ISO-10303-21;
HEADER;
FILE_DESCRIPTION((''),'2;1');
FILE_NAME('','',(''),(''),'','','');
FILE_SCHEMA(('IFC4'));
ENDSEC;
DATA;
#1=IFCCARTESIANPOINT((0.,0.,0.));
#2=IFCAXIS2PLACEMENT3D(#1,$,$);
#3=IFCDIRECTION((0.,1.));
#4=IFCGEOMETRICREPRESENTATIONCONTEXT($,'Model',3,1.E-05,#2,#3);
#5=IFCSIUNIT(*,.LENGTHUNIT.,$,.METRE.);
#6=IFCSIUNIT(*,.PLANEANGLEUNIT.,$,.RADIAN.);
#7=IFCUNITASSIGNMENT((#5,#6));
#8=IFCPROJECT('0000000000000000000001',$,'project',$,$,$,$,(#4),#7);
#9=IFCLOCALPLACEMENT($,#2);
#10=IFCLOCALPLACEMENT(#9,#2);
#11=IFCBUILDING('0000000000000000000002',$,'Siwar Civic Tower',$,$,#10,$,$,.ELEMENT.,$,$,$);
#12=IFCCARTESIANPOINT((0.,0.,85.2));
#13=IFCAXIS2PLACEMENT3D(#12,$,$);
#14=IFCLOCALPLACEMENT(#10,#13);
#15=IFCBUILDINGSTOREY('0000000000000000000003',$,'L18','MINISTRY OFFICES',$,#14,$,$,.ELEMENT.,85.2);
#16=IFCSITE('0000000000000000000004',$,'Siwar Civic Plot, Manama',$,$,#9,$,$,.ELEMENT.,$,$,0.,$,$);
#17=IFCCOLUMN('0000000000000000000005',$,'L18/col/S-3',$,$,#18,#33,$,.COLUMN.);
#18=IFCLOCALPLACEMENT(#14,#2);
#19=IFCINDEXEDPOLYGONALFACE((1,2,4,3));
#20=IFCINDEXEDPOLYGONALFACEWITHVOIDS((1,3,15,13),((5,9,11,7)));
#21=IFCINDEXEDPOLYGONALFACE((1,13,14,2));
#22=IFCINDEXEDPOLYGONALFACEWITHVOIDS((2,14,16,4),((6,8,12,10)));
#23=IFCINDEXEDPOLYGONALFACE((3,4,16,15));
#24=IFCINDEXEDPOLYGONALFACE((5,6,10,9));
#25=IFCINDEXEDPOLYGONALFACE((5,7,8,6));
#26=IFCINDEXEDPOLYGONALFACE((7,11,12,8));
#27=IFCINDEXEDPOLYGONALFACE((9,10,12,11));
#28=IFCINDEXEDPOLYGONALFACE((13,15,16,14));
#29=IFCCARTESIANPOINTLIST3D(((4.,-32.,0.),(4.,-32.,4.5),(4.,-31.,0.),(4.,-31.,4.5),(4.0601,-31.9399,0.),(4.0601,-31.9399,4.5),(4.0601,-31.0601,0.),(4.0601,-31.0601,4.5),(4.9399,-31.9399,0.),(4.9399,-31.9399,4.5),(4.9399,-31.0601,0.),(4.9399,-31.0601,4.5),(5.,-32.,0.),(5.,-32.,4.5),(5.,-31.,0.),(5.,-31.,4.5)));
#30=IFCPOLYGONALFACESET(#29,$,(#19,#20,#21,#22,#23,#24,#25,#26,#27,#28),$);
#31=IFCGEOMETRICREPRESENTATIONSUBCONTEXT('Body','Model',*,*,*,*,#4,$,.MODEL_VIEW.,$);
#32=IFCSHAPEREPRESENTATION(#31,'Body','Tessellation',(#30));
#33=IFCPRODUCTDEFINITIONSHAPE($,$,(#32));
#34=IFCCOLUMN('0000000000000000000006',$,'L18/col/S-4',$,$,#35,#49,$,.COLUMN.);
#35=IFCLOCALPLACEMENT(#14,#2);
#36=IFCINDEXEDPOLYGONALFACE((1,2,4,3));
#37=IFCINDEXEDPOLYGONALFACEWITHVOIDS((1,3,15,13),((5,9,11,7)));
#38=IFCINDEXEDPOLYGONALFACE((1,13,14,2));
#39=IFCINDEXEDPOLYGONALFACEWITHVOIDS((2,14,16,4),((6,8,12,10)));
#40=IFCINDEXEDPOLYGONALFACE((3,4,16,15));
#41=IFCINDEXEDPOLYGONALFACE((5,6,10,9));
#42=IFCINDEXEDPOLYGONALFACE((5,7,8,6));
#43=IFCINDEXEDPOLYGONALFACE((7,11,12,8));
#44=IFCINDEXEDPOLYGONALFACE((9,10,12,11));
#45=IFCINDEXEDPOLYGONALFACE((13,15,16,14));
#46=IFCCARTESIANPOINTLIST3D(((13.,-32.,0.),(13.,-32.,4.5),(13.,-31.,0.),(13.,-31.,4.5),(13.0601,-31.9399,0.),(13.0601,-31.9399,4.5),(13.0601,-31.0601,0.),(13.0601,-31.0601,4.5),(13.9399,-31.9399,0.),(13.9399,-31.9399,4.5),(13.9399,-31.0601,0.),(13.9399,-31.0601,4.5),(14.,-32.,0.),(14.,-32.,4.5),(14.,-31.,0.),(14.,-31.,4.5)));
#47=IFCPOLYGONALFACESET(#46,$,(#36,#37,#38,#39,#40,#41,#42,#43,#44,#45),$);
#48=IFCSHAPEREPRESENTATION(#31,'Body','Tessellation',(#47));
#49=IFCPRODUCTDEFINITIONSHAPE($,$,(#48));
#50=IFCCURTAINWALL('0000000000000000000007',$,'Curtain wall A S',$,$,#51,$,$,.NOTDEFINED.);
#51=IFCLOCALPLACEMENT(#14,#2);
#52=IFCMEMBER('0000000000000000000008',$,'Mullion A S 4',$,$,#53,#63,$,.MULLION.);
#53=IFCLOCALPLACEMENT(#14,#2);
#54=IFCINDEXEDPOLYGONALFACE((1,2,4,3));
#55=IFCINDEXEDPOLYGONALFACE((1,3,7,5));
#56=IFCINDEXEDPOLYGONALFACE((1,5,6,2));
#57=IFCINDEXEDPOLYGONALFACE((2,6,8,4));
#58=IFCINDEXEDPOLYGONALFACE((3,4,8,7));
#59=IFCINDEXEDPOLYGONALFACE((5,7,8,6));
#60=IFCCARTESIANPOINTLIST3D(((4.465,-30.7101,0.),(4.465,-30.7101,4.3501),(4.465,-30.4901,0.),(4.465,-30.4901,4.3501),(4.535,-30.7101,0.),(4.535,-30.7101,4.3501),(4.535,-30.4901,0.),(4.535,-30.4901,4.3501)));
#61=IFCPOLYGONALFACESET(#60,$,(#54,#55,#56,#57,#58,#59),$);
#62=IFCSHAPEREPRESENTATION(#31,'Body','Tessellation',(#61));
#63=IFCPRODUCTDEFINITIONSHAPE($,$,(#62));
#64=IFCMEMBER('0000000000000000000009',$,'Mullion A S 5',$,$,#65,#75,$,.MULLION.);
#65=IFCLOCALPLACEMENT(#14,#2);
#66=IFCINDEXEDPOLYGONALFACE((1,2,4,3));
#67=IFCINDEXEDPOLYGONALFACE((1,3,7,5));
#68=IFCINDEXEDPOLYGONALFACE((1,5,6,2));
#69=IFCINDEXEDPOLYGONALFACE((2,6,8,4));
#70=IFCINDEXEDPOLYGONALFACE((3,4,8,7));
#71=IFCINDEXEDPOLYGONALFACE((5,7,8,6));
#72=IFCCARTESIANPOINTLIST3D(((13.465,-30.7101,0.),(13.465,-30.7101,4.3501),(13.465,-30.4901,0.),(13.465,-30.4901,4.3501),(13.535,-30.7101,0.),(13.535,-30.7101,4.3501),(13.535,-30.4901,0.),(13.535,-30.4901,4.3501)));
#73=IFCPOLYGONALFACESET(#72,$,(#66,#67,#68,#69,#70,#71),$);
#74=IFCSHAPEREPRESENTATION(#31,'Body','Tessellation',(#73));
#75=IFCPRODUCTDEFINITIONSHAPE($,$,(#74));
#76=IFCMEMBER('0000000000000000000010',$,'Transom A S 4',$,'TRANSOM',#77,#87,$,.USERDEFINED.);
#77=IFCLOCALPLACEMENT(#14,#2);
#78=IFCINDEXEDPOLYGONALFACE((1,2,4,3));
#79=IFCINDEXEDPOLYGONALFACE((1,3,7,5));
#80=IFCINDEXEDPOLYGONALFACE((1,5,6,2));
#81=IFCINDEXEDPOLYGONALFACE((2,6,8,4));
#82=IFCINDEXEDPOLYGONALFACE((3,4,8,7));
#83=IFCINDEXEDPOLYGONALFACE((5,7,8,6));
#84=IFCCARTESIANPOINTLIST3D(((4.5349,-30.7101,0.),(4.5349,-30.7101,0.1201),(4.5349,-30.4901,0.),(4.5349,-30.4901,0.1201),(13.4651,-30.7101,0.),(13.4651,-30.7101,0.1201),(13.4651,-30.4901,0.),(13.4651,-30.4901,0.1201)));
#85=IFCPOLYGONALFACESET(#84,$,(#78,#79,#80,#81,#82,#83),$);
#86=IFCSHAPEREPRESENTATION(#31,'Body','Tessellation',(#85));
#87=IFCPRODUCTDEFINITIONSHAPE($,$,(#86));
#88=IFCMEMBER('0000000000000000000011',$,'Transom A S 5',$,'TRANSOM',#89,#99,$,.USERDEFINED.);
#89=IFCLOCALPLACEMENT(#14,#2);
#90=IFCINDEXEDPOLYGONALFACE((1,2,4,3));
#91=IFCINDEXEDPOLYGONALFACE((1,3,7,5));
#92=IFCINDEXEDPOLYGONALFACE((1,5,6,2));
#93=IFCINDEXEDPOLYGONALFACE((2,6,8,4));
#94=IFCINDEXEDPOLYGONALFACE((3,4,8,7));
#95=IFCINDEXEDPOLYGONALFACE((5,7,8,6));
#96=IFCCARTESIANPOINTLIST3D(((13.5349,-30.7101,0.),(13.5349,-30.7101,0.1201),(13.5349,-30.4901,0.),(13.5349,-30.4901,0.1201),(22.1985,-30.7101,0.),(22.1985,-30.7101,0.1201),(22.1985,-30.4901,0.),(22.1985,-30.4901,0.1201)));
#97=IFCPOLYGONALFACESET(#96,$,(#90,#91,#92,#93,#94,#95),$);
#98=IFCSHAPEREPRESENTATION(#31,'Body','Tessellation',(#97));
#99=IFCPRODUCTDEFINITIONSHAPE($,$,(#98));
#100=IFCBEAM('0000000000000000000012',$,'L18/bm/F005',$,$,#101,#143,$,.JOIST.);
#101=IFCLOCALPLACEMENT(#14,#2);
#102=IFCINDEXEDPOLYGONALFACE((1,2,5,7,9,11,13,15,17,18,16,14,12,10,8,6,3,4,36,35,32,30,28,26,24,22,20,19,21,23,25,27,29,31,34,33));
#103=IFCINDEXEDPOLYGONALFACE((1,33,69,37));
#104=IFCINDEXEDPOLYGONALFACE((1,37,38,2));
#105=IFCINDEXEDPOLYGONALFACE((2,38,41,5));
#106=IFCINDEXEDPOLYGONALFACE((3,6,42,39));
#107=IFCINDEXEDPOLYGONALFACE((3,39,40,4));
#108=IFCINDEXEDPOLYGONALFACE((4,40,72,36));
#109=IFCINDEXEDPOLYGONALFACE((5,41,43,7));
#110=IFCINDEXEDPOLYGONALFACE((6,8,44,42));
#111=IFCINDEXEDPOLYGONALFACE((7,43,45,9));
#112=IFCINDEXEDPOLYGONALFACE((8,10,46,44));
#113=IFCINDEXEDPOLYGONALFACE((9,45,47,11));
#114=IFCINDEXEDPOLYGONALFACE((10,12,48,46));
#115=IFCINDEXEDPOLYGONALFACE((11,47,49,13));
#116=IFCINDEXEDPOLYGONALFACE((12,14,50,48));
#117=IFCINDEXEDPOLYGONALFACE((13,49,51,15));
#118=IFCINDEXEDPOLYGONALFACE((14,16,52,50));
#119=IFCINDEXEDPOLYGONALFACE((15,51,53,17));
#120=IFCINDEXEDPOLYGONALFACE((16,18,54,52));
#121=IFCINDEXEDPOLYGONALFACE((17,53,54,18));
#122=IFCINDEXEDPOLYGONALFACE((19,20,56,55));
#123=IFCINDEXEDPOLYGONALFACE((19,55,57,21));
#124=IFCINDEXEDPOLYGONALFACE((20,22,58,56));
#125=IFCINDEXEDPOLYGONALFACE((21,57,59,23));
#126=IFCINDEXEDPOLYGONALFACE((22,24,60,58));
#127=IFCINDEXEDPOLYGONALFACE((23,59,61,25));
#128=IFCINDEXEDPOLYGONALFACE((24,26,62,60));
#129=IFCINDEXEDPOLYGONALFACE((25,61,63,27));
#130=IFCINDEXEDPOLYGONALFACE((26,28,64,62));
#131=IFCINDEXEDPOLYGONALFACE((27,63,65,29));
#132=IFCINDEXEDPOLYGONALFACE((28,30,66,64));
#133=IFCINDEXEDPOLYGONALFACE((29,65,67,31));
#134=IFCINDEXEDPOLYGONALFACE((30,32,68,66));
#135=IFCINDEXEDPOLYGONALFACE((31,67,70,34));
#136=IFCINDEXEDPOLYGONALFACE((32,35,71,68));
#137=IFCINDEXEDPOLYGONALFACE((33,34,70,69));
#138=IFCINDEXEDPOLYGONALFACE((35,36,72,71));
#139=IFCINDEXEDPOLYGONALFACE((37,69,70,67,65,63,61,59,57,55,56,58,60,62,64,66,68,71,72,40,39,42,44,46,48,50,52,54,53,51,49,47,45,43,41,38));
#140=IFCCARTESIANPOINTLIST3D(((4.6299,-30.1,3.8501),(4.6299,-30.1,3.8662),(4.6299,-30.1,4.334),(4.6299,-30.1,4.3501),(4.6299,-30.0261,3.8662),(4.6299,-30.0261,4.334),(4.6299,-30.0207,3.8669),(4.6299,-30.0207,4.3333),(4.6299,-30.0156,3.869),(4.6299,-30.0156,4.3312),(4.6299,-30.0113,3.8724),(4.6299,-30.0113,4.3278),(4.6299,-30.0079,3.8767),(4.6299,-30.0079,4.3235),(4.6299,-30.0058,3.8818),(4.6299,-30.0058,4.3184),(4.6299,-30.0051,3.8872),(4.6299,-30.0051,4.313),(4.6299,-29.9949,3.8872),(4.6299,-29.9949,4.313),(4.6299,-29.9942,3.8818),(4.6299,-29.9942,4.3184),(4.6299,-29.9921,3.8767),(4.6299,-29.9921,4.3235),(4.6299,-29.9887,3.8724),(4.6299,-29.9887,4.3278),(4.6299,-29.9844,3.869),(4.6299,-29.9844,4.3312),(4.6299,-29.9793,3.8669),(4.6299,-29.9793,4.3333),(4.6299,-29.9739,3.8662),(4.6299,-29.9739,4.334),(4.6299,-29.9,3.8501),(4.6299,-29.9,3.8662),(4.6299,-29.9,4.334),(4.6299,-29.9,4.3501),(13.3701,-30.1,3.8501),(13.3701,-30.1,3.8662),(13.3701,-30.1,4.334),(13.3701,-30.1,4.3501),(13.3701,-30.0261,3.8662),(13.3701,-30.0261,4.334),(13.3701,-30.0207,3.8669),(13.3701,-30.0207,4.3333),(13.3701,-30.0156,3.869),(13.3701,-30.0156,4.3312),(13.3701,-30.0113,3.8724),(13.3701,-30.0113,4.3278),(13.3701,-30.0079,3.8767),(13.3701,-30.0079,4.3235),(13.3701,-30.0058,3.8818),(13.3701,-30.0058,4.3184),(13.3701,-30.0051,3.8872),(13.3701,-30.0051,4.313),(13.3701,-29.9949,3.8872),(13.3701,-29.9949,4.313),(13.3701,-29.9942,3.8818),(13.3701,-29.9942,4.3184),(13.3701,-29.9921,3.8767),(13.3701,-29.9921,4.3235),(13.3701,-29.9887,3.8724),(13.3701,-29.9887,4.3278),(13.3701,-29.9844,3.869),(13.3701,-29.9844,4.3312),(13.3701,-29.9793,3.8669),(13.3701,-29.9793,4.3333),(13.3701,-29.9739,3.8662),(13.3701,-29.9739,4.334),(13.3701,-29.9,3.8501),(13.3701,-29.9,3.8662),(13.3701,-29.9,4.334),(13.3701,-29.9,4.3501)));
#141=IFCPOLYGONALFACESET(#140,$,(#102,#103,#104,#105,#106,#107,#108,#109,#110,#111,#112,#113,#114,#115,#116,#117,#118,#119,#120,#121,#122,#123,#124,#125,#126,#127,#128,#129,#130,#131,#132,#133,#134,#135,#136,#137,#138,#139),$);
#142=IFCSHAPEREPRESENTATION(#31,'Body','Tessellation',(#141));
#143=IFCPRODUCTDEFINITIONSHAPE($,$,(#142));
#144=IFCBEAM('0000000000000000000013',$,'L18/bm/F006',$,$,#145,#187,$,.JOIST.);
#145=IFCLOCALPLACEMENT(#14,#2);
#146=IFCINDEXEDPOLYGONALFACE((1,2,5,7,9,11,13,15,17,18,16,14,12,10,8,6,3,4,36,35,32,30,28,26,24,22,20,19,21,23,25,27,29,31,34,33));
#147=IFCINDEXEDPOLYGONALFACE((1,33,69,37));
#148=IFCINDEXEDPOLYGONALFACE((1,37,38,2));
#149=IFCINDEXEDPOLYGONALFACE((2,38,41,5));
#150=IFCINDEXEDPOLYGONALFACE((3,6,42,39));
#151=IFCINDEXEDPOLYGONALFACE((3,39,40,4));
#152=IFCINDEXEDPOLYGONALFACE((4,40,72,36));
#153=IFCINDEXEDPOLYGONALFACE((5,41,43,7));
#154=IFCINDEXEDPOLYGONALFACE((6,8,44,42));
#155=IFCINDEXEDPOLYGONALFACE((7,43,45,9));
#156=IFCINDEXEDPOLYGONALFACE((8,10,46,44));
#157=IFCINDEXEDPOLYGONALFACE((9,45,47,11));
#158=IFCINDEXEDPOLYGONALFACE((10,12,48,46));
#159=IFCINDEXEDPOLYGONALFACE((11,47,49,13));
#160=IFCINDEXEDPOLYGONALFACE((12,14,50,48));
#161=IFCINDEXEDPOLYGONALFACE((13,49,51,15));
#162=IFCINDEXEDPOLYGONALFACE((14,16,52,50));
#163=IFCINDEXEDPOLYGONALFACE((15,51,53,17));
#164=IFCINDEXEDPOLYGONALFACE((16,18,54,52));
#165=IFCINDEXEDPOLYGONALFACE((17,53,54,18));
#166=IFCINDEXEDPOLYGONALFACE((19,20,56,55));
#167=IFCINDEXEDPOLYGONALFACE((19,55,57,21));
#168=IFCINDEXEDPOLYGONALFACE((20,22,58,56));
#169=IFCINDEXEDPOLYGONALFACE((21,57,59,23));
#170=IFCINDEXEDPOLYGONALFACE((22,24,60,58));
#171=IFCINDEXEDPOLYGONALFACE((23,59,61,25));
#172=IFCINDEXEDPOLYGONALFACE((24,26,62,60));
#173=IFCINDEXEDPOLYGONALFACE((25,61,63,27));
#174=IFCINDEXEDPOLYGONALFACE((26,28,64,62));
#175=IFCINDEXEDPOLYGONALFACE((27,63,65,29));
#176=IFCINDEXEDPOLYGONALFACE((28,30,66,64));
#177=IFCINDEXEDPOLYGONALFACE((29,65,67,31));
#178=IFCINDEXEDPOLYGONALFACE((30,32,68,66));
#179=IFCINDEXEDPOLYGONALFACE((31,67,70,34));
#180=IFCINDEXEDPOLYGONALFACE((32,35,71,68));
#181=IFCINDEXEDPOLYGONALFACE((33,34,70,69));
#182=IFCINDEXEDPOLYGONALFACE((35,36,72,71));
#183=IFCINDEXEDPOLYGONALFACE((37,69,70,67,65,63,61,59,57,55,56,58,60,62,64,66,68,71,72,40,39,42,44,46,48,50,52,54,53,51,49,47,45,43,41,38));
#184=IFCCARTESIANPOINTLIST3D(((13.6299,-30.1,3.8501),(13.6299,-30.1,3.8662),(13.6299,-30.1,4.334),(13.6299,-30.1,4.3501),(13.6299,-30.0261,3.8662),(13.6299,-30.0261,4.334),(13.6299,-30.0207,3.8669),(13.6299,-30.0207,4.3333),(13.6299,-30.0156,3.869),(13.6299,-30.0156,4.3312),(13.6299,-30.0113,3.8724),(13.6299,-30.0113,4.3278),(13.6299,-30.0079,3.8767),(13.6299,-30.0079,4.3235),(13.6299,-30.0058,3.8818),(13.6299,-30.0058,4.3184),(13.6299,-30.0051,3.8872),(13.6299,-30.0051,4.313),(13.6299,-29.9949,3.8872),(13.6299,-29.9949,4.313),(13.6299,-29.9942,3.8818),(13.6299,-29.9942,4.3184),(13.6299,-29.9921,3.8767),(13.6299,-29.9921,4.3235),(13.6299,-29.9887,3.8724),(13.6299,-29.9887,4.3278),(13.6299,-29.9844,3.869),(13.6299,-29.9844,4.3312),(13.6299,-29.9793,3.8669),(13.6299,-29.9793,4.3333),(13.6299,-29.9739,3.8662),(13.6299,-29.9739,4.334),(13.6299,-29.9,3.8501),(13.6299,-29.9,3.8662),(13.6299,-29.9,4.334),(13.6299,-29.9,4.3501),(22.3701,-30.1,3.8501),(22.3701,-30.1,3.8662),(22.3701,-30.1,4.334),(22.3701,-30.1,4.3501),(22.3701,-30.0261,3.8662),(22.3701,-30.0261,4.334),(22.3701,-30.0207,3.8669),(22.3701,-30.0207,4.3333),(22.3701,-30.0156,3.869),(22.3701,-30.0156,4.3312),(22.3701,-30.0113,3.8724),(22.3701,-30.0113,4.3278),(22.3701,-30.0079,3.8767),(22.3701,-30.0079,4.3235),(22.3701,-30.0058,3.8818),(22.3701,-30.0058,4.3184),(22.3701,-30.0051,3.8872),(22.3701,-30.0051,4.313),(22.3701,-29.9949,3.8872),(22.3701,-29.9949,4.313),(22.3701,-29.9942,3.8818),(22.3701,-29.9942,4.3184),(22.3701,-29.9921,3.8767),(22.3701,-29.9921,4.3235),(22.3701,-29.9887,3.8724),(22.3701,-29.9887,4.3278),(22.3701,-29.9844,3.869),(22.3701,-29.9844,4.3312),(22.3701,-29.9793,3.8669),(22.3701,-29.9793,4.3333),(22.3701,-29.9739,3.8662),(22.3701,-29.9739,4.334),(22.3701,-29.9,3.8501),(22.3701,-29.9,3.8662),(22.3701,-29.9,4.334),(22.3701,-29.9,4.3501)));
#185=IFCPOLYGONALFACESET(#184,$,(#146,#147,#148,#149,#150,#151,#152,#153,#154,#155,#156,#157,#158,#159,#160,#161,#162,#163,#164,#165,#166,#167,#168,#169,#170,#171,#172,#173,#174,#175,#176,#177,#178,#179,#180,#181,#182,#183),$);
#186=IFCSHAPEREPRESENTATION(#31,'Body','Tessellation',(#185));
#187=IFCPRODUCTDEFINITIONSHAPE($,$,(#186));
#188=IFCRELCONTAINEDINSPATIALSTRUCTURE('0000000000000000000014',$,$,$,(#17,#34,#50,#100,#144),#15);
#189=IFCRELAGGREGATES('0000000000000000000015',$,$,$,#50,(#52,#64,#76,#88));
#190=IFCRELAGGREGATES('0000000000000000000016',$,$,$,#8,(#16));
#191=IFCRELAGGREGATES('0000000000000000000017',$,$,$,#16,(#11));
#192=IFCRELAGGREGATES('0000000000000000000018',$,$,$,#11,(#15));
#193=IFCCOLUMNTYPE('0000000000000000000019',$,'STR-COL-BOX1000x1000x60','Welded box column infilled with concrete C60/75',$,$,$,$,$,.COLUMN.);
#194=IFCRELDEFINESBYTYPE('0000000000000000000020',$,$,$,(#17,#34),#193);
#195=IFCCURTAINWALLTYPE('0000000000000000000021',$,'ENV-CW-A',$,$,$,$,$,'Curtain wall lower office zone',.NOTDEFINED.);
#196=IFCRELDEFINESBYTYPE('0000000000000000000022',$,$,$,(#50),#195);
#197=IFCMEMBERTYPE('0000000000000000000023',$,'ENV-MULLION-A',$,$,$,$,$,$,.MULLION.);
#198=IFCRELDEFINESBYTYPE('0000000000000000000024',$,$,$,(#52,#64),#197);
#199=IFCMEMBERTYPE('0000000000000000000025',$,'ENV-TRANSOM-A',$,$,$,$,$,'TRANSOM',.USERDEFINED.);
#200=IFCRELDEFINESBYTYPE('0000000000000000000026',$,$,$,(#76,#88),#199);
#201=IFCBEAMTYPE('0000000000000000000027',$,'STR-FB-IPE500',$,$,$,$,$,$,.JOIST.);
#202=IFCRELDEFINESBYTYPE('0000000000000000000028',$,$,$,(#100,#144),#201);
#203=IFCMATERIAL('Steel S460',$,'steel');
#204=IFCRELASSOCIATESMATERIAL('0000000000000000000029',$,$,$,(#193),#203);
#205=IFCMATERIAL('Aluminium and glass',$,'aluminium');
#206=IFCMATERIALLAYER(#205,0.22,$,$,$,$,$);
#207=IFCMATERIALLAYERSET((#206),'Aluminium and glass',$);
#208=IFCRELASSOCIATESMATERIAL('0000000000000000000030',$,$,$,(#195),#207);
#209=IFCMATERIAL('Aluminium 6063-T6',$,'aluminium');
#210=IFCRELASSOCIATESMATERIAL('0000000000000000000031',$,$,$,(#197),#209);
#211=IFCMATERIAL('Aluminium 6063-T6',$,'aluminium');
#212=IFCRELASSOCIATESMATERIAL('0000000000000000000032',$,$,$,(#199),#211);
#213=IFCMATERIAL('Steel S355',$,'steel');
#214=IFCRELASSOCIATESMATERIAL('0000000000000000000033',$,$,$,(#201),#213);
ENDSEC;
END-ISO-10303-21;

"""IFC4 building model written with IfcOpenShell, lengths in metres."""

from ifc_helpers import new_model, si_unit, direction, frame, origin, origin_2d, place, context, subcontext, project, spatial, rectangle, hollow_rectangle, i_section, extrude, material, layer, layer_set, material_profile, profile_set, type_object, element, aggregate, save


model = new_model("IFC4")

# Units and contexts
model_context = context("Model", 3, precision=1e-05, world=origin(), true_north=direction((0.0, 1.0)))
body_context = subcontext(model_context, "Body", "Model", "MODEL_VIEW")
ifc_project = project(units=[si_unit("LENGTHUNIT", "METRE"), si_unit("PLANEANGLEUNIT", "RADIAN")], contexts=[model_context])

# Site, building, storey
site_placement = place(None, origin())
site = spatial("IfcSite", under=ifc_project, at=site_placement, Name="Siwar Civic Plot, Manama", CompositionType="ELEMENT", RefElevation=0.0)
building_placement = place(site_placement, origin())
building = spatial("IfcBuilding", under=site, at=building_placement, Name="Siwar Civic Tower", CompositionType="ELEMENT")
storey_placement = place(building_placement, frame((0.0, 0.0, 85.2)))
storey = spatial("IfcBuildingStorey", under=building, at=storey_placement, Name="L18", Description="MINISTRY OFFICES", CompositionType="ELEMENT", Elevation=85.2)

# Columns
ifc_material_1 = material(Name="Steel S460", Category="steel")
ifc_material_profile_1 = material_profile(ifc_material_1, hollow_rectangle(XDim=1.0, YDim=1.0, WallThickness=0.0601, at=origin_2d()), Name="BOX1000x1000x60")
ifc_profile_set_1 = profile_set([ifc_material_profile_1], Name="Steel S460")
column_type = type_object("IfcColumnType", Name="STR-COL-BOX1000x1000x60", Description="Welded box column infilled with concrete C60/75", PredefinedType="COLUMN", material=ifc_profile_set_1)
for number, where, z_axis, x_axis, name in (
    (1, (4.5, -31.5, 0.0), (0.0, 0.0, 1.0), (1.0, 0.0, 0.0), "L18/col/S-3"),
    (2, (13.5, -31.5, 0.0), (0.0, 0.0, 1.0), (1.0, 0.0, 0.0), "L18/col/S-4"),
):
    element("IfcColumn", number, at=place(storey_placement, frame(where, z_axis=z_axis, x_axis=x_axis)), inside=storey, type_object=column_type, Name=name, PredefinedType="COLUMN", context=body_context, shape_type="SweptSolid", body=[
        extrude(hollow_rectangle(XDim=1.0, YDim=1.0, WallThickness=0.0601, at=origin_2d()), origin(), (0.0, 0.0, 1.0), 4.5),
    ])

# Curtain wall, members
ifc_material_2 = material(Name="Aluminium and glass", Category="aluminium")
ifc_layer_1 = layer(ifc_material_2, 0.22)
ifc_layer_set_1 = layer_set([ifc_layer_1], Name="Aluminium and glass")
curtain_wall_type = type_object("IfcCurtainWallType", Name="ENV-CW-A", ElementType="Curtain wall lower office zone", PredefinedType="NOTDEFINED", material=ifc_layer_set_1)
curtain_wall_placement = place(storey_placement, origin())
curtain_wall = element("IfcCurtainWall", 3, at=curtain_wall_placement, inside=storey, type_object=curtain_wall_type, Name="Curtain wall A S", PredefinedType="NOTDEFINED")
ifc_material_3 = material(Name="Aluminium 6063-T6", Category="aluminium")
ifc_material_profile_2 = material_profile(ifc_material_3, rectangle(XDim=0.22, YDim=0.0701, at=origin_2d()), Name="AL 220x70")
ifc_profile_set_2 = profile_set([ifc_material_profile_2], Name="Aluminium 6063-T6")
member_type_1 = type_object("IfcMemberType", Name="ENV-MULLION-A", PredefinedType="MULLION", material=ifc_profile_set_2)
member_1_placement = place(storey_placement, frame((4.5, -30.6001, 0.0), z_axis=(0.0, 0.0, 1.0), x_axis=(0.0, 1.0, 0.0)))
member_1 = element("IfcMember", 4, at=member_1_placement, type_object=member_type_1, Name="Mullion A S 4", PredefinedType="MULLION", context=body_context, shape_type="SweptSolid", body=[
    extrude(rectangle(XDim=0.22, YDim=0.0701, at=origin_2d()), origin(), (0.0, 0.0, 1.0), 4.3501),
])
member_2_placement = place(storey_placement, frame((13.5, -30.6001, 0.0), z_axis=(0.0, 0.0, 1.0), x_axis=(0.0, 1.0, 0.0)))
member_2 = element("IfcMember", 5, at=member_2_placement, type_object=member_type_1, Name="Mullion A S 5", PredefinedType="MULLION", context=body_context, shape_type="SweptSolid", body=[
    extrude(rectangle(XDim=0.22, YDim=0.0701, at=origin_2d()), origin(), (0.0, 0.0, 1.0), 4.3501),
])
ifc_material_4 = material(Name="Aluminium 6063-T6", Category="aluminium")
ifc_material_profile_3 = material_profile(ifc_material_4, rectangle(XDim=0.22, YDim=0.1201, at=origin_2d()), Name="AL 220x120")
ifc_profile_set_3 = profile_set([ifc_material_profile_3], Name="Aluminium 6063-T6")
member_type_2 = type_object("IfcMemberType", Name="ENV-TRANSOM-A", ElementType="TRANSOM", PredefinedType="USERDEFINED", material=ifc_profile_set_3)
member_3_placement = place(storey_placement, frame((4.5349, -30.6001, 0.0601), z_axis=(1.0, 0.0, 0.0), x_axis=(0.0, 1.0, 0.0)))
member_3 = element("IfcMember", 6, at=member_3_placement, type_object=member_type_2, Name="Transom A S 4", ObjectType="TRANSOM", PredefinedType="USERDEFINED", context=body_context, shape_type="SweptSolid", body=[
    extrude(rectangle(XDim=0.22, YDim=0.1201, at=origin_2d()), origin(), (0.0, 0.0, 1.0), 8.9302),
])
member_4_placement = place(storey_placement, frame((13.5349, -30.6001, 0.0601), z_axis=(1.0, 0.0, 0.0), x_axis=(0.0, 1.0, 0.0)))
member_4 = element("IfcMember", 7, at=member_4_placement, type_object=member_type_2, Name="Transom A S 5", ObjectType="TRANSOM", PredefinedType="USERDEFINED", context=body_context, shape_type="SweptSolid", body=[
    extrude(rectangle(XDim=0.22, YDim=0.1201, at=origin_2d()), origin(), (0.0, 0.0, 1.0), 8.6636),
])

# Beams
ifc_material_5 = material(Name="Steel S355", Category="steel")
ifc_material_profile_4 = material_profile(ifc_material_5, i_section(OverallWidth=0.2, OverallDepth=0.5, WebThickness=0.0103, FlangeThickness=0.0161, FilletRadius=0.021, at=origin_2d()), Name="IPE500")
ifc_profile_set_4 = profile_set([ifc_material_profile_4], Name="Steel S355")
beam_type_1 = type_object("IfcBeamType", Name="STR-FB-IPE500", PredefinedType="JOIST", material=ifc_profile_set_4)
for number, where, z_axis, x_axis, name in (
    (8, (4.6299, -30.0, 4.1001), (1.0, 0.0, 0.0), (0.0, 1.0, 0.0), "L18/bm/F005"),
    (9, (13.6299, -30.0, 4.1001), (1.0, 0.0, 0.0), (0.0, 1.0, 0.0), "L18/bm/F006"),
):
    element("IfcBeam", number, at=place(storey_placement, frame(where, z_axis=z_axis, x_axis=x_axis)), inside=storey, type_object=beam_type_1, Name=name, PredefinedType="JOIST", context=body_context, shape_type="SweptSolid", body=[
        extrude(i_section(OverallWidth=0.2, OverallDepth=0.5, WebThickness=0.0103, FlangeThickness=0.0161, FilletRadius=0.021, at=origin_2d()), origin(), (0.0, 0.0, 1.0), 8.7402),
    ])

aggregate(curtain_wall, [member_1, member_2, member_3, member_4])

save(model, "model.ifc")
